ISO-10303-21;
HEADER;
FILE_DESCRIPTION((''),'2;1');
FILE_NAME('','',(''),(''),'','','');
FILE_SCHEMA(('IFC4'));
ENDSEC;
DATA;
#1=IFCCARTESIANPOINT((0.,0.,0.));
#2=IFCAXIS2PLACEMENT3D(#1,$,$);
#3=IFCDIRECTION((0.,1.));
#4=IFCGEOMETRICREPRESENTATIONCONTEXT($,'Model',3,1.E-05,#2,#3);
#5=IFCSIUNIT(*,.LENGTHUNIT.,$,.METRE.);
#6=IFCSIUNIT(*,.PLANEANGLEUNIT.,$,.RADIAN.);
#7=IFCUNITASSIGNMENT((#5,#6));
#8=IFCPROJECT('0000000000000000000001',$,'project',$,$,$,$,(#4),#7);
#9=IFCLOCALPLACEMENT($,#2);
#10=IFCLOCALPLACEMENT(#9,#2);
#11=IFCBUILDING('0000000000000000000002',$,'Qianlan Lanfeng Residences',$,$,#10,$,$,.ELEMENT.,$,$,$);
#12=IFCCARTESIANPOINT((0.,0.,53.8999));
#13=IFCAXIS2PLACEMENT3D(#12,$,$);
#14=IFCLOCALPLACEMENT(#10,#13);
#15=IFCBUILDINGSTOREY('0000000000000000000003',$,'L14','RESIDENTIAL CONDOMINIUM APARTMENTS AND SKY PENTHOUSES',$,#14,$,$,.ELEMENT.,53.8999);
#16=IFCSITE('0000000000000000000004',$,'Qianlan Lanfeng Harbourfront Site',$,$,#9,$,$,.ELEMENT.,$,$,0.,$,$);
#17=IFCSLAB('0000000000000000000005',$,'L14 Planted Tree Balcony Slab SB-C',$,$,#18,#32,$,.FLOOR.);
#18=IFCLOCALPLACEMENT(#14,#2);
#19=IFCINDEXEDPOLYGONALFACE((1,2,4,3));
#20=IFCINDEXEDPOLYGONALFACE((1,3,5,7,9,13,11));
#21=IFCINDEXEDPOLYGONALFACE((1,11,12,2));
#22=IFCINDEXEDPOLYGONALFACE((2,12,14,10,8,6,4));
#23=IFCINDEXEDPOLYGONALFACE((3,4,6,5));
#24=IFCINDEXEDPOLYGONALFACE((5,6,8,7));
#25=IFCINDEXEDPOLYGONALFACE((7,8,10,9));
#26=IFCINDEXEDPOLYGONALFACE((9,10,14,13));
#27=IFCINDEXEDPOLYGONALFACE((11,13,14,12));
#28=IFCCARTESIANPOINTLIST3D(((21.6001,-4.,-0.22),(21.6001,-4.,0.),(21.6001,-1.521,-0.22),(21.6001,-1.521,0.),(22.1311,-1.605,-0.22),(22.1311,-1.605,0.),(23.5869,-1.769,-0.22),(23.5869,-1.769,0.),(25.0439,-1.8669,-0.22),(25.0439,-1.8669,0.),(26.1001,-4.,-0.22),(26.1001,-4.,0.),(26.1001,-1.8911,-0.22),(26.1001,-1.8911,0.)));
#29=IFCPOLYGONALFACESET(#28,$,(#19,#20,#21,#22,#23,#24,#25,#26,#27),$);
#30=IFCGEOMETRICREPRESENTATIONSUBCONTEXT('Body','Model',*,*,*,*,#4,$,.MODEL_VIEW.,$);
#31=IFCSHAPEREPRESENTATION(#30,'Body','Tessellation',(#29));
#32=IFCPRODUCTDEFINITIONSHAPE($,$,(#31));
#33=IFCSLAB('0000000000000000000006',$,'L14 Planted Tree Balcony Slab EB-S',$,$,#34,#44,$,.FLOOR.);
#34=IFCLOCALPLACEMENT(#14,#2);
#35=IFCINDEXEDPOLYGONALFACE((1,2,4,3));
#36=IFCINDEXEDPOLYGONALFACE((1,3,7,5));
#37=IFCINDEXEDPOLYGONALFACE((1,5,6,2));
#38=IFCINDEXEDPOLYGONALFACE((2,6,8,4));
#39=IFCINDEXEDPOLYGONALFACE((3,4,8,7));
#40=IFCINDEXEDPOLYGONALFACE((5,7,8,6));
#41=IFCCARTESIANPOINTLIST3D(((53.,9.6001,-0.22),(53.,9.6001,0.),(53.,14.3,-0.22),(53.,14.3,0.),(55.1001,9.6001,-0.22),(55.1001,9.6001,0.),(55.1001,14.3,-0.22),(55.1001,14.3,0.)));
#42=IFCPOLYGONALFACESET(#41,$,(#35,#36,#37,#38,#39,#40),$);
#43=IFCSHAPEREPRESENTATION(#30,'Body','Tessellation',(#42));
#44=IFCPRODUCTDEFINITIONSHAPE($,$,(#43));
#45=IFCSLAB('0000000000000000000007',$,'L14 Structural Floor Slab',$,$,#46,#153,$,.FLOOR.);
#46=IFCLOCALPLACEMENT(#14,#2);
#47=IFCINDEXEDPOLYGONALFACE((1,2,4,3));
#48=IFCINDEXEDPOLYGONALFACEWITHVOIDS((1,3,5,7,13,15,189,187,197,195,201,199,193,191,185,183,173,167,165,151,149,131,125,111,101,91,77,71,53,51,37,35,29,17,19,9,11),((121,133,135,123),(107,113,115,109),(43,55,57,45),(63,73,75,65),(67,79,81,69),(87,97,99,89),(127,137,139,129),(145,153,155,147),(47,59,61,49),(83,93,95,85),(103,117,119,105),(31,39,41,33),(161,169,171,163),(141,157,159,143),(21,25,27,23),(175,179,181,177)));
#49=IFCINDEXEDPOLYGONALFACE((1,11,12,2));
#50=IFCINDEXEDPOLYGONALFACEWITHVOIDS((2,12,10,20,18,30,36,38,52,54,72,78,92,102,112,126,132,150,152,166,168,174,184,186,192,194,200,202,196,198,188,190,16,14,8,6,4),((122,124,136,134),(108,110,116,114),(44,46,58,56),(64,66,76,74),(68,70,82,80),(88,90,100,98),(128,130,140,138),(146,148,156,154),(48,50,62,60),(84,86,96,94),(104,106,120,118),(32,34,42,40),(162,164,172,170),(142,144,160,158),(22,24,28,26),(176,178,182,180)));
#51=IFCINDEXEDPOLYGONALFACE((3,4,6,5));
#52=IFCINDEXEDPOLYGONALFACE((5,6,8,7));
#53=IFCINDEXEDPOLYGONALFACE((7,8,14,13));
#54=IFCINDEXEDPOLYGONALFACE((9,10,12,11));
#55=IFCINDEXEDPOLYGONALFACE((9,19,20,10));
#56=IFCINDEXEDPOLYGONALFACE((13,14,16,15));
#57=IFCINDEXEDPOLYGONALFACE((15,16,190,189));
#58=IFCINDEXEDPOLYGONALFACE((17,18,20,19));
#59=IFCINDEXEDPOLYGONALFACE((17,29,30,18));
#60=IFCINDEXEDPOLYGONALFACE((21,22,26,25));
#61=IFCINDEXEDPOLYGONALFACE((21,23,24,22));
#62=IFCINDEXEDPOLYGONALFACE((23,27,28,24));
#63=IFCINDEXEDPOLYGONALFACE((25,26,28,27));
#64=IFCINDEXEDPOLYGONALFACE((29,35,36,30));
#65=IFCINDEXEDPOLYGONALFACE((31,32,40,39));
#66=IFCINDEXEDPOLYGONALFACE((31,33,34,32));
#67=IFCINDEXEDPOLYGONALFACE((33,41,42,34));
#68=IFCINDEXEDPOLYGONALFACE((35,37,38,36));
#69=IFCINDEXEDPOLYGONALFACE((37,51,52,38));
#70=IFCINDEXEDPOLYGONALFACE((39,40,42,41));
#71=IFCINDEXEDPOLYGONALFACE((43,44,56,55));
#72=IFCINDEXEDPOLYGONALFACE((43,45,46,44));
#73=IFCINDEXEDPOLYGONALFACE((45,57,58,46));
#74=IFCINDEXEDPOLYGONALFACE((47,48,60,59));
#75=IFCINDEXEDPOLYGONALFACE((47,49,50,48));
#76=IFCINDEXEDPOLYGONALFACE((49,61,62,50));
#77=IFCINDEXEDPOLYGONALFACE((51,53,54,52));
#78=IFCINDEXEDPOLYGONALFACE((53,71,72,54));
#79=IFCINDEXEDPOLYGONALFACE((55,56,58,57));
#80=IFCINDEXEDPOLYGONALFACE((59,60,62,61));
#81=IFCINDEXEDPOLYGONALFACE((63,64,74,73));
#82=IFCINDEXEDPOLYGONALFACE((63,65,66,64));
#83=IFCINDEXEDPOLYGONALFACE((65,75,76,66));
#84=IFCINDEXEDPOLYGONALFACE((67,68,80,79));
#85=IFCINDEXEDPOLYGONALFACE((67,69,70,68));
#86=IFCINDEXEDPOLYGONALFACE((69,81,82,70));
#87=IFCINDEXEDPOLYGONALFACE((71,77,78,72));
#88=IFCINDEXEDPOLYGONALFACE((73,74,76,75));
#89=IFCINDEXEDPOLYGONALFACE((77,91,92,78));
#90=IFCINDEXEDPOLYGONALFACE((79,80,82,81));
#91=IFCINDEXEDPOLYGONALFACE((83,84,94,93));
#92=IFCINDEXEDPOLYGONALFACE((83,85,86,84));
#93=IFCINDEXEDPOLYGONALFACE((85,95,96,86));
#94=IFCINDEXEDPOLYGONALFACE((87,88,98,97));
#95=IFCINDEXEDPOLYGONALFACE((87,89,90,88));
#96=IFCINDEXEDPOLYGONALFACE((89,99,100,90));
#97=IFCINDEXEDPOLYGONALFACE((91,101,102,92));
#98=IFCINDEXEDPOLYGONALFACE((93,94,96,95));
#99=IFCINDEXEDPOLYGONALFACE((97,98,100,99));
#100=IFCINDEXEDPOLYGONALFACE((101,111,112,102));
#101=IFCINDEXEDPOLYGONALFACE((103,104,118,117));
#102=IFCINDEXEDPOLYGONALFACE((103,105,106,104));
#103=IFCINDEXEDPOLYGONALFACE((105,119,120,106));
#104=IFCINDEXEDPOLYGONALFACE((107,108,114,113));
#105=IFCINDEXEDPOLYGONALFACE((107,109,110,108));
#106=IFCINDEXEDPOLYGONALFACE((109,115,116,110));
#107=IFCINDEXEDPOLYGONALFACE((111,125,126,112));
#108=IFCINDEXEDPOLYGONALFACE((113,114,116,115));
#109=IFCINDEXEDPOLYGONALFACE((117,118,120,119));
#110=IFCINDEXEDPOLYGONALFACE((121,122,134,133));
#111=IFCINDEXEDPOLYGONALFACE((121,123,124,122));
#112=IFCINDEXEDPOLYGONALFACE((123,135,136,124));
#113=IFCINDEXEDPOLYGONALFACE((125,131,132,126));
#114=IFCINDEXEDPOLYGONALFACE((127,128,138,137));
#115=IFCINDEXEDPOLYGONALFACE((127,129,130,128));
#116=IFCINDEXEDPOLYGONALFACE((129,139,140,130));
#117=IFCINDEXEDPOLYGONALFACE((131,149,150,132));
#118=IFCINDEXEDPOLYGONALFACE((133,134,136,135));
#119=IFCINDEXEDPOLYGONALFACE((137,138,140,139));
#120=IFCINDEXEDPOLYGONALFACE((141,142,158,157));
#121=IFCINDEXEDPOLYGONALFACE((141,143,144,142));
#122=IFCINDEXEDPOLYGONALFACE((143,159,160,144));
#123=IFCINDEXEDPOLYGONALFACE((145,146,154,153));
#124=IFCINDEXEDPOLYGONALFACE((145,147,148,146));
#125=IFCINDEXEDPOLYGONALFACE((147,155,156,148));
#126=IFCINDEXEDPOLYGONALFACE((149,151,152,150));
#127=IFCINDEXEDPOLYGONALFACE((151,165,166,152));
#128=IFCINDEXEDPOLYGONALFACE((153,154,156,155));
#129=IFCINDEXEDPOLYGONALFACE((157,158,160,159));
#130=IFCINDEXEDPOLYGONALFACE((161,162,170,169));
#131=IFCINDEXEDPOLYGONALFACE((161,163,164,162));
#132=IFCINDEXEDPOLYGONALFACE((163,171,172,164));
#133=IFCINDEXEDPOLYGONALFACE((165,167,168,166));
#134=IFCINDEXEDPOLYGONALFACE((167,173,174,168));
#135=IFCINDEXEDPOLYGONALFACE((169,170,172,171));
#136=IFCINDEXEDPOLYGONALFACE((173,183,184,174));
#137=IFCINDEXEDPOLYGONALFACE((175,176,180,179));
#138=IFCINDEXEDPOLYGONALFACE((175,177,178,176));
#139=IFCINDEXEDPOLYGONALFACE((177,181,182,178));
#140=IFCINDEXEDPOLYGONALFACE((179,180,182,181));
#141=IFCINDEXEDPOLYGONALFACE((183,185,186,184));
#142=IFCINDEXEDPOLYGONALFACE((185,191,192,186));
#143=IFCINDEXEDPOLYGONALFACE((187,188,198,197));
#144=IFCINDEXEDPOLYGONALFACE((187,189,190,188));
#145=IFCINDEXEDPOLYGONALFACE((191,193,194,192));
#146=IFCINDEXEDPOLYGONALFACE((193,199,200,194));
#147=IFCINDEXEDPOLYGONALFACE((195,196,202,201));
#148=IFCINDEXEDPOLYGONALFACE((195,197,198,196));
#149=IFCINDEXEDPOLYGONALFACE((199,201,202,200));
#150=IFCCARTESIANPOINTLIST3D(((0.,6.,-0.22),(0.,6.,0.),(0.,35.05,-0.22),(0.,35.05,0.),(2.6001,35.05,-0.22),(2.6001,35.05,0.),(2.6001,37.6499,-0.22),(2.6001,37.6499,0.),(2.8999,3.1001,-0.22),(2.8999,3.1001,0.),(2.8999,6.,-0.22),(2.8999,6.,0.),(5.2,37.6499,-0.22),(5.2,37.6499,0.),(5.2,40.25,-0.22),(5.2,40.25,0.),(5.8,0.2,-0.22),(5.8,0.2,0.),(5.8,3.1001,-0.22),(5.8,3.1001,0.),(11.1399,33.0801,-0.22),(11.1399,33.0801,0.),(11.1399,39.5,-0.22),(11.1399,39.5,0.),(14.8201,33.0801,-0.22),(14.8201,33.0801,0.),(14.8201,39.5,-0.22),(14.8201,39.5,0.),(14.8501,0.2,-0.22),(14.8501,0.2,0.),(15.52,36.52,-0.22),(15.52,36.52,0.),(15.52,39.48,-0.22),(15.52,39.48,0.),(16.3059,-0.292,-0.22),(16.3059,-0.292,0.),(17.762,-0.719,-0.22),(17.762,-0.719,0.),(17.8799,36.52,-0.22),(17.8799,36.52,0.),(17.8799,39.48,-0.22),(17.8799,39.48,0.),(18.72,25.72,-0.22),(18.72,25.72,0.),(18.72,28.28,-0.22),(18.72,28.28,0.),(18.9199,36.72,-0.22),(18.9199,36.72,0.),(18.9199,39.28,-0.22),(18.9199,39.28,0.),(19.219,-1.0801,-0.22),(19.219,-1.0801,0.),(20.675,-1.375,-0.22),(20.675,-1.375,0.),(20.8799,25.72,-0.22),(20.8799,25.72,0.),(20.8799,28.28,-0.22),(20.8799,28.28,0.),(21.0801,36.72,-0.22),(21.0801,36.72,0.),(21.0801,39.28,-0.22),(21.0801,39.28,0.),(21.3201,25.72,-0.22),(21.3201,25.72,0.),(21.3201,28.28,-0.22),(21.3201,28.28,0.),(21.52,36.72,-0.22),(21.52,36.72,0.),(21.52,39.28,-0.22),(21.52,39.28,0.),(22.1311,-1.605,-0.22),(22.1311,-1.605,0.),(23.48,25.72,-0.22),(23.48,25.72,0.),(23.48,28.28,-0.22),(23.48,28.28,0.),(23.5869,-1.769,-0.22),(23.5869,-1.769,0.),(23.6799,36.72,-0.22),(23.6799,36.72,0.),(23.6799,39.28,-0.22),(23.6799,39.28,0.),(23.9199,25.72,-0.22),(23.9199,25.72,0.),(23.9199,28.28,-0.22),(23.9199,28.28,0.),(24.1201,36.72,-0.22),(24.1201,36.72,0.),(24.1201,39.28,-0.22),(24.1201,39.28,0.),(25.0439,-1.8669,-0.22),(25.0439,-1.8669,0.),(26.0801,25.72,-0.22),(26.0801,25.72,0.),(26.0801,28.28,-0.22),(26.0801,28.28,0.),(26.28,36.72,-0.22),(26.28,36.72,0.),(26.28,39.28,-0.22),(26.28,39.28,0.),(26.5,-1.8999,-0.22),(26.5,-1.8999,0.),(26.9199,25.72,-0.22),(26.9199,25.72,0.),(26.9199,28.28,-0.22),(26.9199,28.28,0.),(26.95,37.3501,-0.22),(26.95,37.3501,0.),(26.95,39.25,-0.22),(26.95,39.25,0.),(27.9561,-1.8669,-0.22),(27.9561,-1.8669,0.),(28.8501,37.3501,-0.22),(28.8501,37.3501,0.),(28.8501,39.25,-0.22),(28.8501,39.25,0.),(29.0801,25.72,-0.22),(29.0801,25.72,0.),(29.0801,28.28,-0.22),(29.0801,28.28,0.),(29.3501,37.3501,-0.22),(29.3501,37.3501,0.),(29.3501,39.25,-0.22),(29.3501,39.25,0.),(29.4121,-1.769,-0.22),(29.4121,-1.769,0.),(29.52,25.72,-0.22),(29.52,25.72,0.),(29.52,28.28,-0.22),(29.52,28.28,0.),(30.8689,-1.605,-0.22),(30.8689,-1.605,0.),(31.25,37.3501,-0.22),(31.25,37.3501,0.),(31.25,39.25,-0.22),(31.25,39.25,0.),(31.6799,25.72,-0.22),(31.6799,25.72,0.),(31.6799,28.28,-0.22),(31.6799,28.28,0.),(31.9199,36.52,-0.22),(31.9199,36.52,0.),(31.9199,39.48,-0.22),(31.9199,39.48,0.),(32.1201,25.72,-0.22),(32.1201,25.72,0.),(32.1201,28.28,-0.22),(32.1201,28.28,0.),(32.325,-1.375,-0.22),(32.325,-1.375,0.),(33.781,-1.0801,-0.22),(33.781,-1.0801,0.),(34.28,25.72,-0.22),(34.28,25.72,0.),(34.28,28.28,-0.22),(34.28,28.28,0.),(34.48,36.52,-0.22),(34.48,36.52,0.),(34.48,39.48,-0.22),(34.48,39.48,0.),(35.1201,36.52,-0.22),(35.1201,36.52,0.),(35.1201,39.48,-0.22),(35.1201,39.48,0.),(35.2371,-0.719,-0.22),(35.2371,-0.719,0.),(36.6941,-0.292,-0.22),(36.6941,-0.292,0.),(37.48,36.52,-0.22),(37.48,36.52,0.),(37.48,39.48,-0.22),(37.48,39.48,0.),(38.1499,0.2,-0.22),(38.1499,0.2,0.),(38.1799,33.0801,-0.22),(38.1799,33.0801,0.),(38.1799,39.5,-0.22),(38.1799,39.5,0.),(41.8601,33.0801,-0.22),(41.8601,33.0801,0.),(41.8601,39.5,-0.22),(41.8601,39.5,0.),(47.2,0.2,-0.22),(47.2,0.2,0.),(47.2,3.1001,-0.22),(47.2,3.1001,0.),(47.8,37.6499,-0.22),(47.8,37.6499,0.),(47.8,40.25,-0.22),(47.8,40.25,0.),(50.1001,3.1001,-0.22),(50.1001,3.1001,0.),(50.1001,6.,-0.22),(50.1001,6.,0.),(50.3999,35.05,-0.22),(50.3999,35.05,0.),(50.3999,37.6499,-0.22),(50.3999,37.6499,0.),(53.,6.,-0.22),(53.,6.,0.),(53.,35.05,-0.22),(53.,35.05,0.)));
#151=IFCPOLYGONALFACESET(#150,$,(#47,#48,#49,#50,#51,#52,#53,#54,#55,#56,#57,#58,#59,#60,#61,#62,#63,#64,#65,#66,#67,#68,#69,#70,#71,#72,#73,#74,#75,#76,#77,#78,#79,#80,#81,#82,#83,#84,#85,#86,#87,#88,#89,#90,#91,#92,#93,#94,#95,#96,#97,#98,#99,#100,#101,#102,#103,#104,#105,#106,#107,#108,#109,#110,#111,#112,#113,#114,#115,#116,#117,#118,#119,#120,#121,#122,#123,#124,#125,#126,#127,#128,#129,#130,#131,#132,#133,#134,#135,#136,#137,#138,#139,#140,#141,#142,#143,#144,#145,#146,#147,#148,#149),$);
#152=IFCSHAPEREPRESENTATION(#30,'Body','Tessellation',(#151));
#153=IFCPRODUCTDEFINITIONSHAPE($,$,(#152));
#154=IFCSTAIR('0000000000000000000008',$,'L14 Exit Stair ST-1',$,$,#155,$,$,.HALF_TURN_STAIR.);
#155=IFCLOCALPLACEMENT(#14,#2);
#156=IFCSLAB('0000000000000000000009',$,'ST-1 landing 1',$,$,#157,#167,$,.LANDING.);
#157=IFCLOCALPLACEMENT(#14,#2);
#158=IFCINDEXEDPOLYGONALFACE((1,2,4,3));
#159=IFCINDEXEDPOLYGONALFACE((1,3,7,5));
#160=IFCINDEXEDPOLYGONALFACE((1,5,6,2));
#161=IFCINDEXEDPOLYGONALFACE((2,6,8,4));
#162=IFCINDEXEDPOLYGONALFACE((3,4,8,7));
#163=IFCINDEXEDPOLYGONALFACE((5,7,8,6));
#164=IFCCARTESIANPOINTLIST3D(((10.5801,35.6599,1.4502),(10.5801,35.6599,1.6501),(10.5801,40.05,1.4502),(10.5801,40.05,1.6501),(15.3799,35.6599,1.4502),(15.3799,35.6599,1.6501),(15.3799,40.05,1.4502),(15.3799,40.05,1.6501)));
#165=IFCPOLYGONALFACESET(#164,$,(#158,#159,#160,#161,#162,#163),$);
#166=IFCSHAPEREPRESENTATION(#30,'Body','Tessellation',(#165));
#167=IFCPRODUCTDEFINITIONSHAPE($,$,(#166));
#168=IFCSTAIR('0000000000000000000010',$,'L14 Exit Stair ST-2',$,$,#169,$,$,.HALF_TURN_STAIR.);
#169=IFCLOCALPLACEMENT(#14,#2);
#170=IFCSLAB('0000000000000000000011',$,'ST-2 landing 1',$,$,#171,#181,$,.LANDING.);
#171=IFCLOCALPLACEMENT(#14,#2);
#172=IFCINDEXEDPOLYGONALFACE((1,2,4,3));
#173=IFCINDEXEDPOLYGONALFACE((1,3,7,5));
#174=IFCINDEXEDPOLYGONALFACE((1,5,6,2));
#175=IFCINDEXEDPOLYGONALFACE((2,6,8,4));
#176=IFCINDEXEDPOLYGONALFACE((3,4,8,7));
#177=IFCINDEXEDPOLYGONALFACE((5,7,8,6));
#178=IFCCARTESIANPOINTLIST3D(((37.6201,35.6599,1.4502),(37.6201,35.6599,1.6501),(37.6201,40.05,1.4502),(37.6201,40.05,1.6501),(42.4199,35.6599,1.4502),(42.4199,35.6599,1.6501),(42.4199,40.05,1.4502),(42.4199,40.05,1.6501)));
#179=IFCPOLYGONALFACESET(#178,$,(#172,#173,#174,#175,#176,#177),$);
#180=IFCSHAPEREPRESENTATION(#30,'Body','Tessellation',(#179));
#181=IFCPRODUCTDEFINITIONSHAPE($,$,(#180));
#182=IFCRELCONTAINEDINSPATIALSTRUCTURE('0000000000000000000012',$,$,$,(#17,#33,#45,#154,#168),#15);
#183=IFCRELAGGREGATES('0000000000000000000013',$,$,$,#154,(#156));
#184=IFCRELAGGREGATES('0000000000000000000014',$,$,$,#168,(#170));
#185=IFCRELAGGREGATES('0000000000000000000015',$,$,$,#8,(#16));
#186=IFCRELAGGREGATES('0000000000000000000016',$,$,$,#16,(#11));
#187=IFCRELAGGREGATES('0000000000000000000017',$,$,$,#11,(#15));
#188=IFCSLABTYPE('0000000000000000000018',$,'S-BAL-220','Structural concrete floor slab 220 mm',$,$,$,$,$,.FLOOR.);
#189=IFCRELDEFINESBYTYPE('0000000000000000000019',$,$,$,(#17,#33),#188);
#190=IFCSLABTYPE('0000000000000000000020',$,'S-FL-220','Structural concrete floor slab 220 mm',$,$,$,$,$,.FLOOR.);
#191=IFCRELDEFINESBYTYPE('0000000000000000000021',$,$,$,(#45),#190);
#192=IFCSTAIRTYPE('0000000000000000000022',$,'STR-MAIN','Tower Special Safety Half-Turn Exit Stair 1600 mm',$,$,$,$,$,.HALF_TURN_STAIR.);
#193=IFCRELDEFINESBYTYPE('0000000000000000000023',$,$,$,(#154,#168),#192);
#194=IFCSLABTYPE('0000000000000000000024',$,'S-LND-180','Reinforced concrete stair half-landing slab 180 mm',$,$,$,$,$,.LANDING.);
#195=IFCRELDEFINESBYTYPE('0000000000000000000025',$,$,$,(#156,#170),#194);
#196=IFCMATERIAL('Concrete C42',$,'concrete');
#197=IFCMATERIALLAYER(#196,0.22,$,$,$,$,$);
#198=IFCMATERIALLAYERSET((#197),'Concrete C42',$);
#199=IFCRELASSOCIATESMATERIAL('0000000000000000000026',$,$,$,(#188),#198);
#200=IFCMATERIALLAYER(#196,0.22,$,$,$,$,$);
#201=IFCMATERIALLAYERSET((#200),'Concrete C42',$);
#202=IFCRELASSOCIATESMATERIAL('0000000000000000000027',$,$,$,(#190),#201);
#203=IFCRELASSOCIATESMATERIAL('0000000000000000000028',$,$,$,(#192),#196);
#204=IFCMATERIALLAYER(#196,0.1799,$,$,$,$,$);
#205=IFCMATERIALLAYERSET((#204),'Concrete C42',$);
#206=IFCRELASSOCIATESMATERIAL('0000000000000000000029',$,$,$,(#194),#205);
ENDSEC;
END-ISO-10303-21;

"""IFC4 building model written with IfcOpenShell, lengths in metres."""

from ifc_helpers import new_model, si_unit, direction, frame, origin, place, context, subcontext, project, spatial, polyline, outline, extrude, material, layer, layer_set, type_object, element, aggregate, save


model = new_model("IFC4")

# Units and contexts
model_context = context("Model", 3, precision=1e-05, world=origin(), true_north=direction((0.0, 1.0)))
body_context = subcontext(model_context, "Body", "Model", "MODEL_VIEW")
ifc_project = project(units=[si_unit("LENGTHUNIT", "METRE"), si_unit("PLANEANGLEUNIT", "RADIAN")], contexts=[model_context])

# Site, building, storey
site_placement = place(None, origin())
site = spatial("IfcSite", under=ifc_project, at=site_placement, Name="Qianlan Lanfeng Harbourfront Site", CompositionType="ELEMENT", RefElevation=0.0)
building_placement = place(site_placement, origin())
building = spatial("IfcBuilding", under=site, at=building_placement, Name="Qianlan Lanfeng Residences", CompositionType="ELEMENT")
storey_placement = place(building_placement, frame((0.0, 0.0, 53.8999)))
storey = spatial("IfcBuildingStorey", under=building, at=storey_placement, Name="L14", Description="RESIDENTIAL CONDOMINIUM APARTMENTS AND SKY PENTHOUSES", CompositionType="ELEMENT", Elevation=53.8999)

# Slabs
ifc_material_1 = material(Name="Concrete C42", Category="concrete")
ifc_layer_1 = layer(ifc_material_1, 0.22)
ifc_layer_set_1 = layer_set([ifc_layer_1], Name="Concrete C42")
slab_type_1 = type_object("IfcSlabType", Name="S-BAL-220", Description="Structural concrete floor slab 220 mm", PredefinedType="FLOOR", material=ifc_layer_set_1)
slab_1_placement = place(storey_placement, frame((0.0, 0.0, -0.22)))
element("IfcSlab", 1, at=slab_1_placement, inside=storey, type_object=slab_type_1, Name="L14 Planted Tree Balcony Slab SB-C", PredefinedType="FLOOR", context=body_context, shape_type="SweptSolid", body=[
    extrude(outline(polyline([(26.1001, -1.8911), (25.0439, -1.8669), (23.5869, -1.769), (22.1311, -1.605), (21.6001, -1.521), (21.6001, -4.0), (26.1001, -4.0), (26.1001, -1.8911)])), origin(), (0.0, 0.0, 1.0), 0.22),
])
slab_2_placement = place(storey_placement, frame((0.0, 0.0, -0.22)))
element("IfcSlab", 2, at=slab_2_placement, inside=storey, type_object=slab_type_1, Name="L14 Planted Tree Balcony Slab EB-S", PredefinedType="FLOOR", context=body_context, shape_type="SweptSolid", body=[
    extrude(outline(polyline([(53.0, 14.3), (53.0, 9.6001), (55.1001, 9.6001), (55.1001, 14.3), (53.0, 14.3)])), origin(), (0.0, 0.0, 1.0), 0.22),
])
ifc_layer_2 = layer(ifc_material_1, 0.22)
ifc_layer_set_2 = layer_set([ifc_layer_2], Name="Concrete C42")
slab_type_2 = type_object("IfcSlabType", Name="S-FL-220", Description="Structural concrete floor slab 220 mm", PredefinedType="FLOOR", material=ifc_layer_set_2)
slab_3_placement = place(storey_placement, frame((0.0, 0.0, -0.22)))
element("IfcSlab", 3, at=slab_3_placement, inside=storey, type_object=slab_type_2, Name="L14 Structural Floor Slab", PredefinedType="FLOOR", context=body_context, shape_type="SweptSolid", body=[
    extrude(outline(polyline([(0.0, 6.0), (2.8999, 6.0), (2.8999, 3.1001), (5.8, 3.1001), (5.8, 0.2), (14.8501, 0.2), (16.3059, -0.292), (17.762, -0.719), (19.219, -1.0801), (20.675, -1.375), (22.1311, -1.605), (23.5869, -1.769), (25.0439, -1.8669), (26.5, -1.8999), (27.9561, -1.8669), (29.4121, -1.769), (30.8689, -1.605), (32.325, -1.375), (33.781, -1.0801), (35.2371, -0.719), (36.6941, -0.292), (38.1499, 0.2), (47.2, 0.2), (47.2, 3.1001), (50.1001, 3.1001), (50.1001, 6.0), (53.0, 6.0), (53.0, 35.05), (50.3999, 35.05), (50.3999, 37.6499), (47.8, 37.6499), (47.8, 40.25), (5.2, 40.25), (5.2, 37.6499), (2.6001, 37.6499), (2.6001, 35.05), (0.0, 35.05), (0.0, 6.0)]), holes=[polyline([(11.1399, 33.0801), (11.1399, 39.5), (14.8201, 39.5), (14.8201, 33.0801), (11.1399, 33.0801)]), polyline([(38.1799, 33.0801), (38.1799, 39.5), (41.8601, 39.5), (41.8601, 33.0801), (38.1799, 33.0801)]), polyline([(15.52, 36.52), (15.52, 39.48), (17.8799, 39.48), (17.8799, 36.52), (15.52, 36.52)]), polyline([(35.1201, 36.52), (35.1201, 39.48), (37.48, 39.48), (37.48, 36.52), (35.1201, 36.52)]), polyline([(31.9199, 36.52), (31.9199, 39.48), (34.48, 39.48), (34.48, 36.52), (31.9199, 36.52)]), polyline([(18.72, 25.72), (18.72, 28.28), (20.8799, 28.28), (20.8799, 25.72), (18.72, 25.72)]), polyline([(21.3201, 25.72), (21.3201, 28.28), (23.48, 28.28), (23.48, 25.72), (21.3201, 25.72)]), polyline([(23.9199, 25.72), (23.9199, 28.28), (26.0801, 28.28), (26.0801, 25.72), (23.9199, 25.72)]), polyline([(26.9199, 25.72), (26.9199, 28.28), (29.0801, 28.28), (29.0801, 25.72), (26.9199, 25.72)]), polyline([(29.52, 25.72), (29.52, 28.28), (31.6799, 28.28), (31.6799, 25.72), (29.52, 25.72)]), polyline([(32.1201, 25.72), (32.1201, 28.28), (34.28, 28.28), (34.28, 25.72), (32.1201, 25.72)]), polyline([(18.9199, 36.72), (18.9199, 39.28), (21.0801, 39.28), (21.0801, 36.72), (18.9199, 36.72)]), polyline([(21.52, 36.72), (21.52, 39.28), (23.6799, 39.28), (23.6799, 36.72), (21.52, 36.72)]), polyline([(24.1201, 36.72), (24.1201, 39.28), (26.28, 39.28), (26.28, 36.72), (24.1201, 36.72)]), polyline([(26.95, 37.3501), (26.95, 39.25), (28.8501, 39.25), (28.8501, 37.3501), (26.95, 37.3501)]), polyline([(29.3501, 37.3501), (29.3501, 39.25), (31.25, 39.25), (31.25, 37.3501), (29.3501, 37.3501)])]), origin(), (0.0, 0.0, 1.0), 0.22),
])

# Stairs, slabs
stair_type = type_object("IfcStairType", Name="STR-MAIN", Description="Tower Special Safety Half-Turn Exit Stair 1600 mm", PredefinedType="HALF_TURN_STAIR", material=ifc_material_1)
stair_1_placement = place(storey_placement, origin())
stair_1 = element("IfcStair", 4, at=stair_1_placement, inside=storey, type_object=stair_type, Name="L14 Exit Stair ST-1", PredefinedType="HALF_TURN_STAIR")
ifc_layer_3 = layer(ifc_material_1, 0.1799)
ifc_layer_set_3 = layer_set([ifc_layer_3], Name="Concrete C42")
slab_type_3 = type_object("IfcSlabType", Name="S-LND-180", Description="Reinforced concrete stair half-landing slab 180 mm", PredefinedType="LANDING", material=ifc_layer_set_3)
slab_4_placement = place(storey_placement, frame((0.0, 0.0, 1.4502)))
slab_4 = element("IfcSlab", 5, at=slab_4_placement, type_object=slab_type_3, Name="ST-1 landing 1", PredefinedType="LANDING", context=body_context, shape_type="SweptSolid", body=[
    extrude(outline(polyline([(10.5801, 35.6599), (15.3799, 35.6599), (15.3799, 40.05), (10.5801, 40.05), (10.5801, 35.6599)])), origin(), (0.0, 0.0, 1.0), 0.2),
])
aggregate(stair_1, [slab_4])
stair_2_placement = place(storey_placement, origin())
stair_2 = element("IfcStair", 6, at=stair_2_placement, inside=storey, type_object=stair_type, Name="L14 Exit Stair ST-2", PredefinedType="HALF_TURN_STAIR")
slab_5_placement = place(storey_placement, frame((0.0, 0.0, 1.4502)))
slab_5 = element("IfcSlab", 7, at=slab_5_placement, type_object=slab_type_3, Name="ST-2 landing 1", PredefinedType="LANDING", context=body_context, shape_type="SweptSolid", body=[
    extrude(outline(polyline([(37.6201, 35.6599), (42.4199, 35.6599), (42.4199, 40.05), (37.6201, 40.05), (37.6201, 35.6599)])), origin(), (0.0, 0.0, 1.0), 0.2),
])
aggregate(stair_2, [slab_5])

save(model, "model.ifc")
